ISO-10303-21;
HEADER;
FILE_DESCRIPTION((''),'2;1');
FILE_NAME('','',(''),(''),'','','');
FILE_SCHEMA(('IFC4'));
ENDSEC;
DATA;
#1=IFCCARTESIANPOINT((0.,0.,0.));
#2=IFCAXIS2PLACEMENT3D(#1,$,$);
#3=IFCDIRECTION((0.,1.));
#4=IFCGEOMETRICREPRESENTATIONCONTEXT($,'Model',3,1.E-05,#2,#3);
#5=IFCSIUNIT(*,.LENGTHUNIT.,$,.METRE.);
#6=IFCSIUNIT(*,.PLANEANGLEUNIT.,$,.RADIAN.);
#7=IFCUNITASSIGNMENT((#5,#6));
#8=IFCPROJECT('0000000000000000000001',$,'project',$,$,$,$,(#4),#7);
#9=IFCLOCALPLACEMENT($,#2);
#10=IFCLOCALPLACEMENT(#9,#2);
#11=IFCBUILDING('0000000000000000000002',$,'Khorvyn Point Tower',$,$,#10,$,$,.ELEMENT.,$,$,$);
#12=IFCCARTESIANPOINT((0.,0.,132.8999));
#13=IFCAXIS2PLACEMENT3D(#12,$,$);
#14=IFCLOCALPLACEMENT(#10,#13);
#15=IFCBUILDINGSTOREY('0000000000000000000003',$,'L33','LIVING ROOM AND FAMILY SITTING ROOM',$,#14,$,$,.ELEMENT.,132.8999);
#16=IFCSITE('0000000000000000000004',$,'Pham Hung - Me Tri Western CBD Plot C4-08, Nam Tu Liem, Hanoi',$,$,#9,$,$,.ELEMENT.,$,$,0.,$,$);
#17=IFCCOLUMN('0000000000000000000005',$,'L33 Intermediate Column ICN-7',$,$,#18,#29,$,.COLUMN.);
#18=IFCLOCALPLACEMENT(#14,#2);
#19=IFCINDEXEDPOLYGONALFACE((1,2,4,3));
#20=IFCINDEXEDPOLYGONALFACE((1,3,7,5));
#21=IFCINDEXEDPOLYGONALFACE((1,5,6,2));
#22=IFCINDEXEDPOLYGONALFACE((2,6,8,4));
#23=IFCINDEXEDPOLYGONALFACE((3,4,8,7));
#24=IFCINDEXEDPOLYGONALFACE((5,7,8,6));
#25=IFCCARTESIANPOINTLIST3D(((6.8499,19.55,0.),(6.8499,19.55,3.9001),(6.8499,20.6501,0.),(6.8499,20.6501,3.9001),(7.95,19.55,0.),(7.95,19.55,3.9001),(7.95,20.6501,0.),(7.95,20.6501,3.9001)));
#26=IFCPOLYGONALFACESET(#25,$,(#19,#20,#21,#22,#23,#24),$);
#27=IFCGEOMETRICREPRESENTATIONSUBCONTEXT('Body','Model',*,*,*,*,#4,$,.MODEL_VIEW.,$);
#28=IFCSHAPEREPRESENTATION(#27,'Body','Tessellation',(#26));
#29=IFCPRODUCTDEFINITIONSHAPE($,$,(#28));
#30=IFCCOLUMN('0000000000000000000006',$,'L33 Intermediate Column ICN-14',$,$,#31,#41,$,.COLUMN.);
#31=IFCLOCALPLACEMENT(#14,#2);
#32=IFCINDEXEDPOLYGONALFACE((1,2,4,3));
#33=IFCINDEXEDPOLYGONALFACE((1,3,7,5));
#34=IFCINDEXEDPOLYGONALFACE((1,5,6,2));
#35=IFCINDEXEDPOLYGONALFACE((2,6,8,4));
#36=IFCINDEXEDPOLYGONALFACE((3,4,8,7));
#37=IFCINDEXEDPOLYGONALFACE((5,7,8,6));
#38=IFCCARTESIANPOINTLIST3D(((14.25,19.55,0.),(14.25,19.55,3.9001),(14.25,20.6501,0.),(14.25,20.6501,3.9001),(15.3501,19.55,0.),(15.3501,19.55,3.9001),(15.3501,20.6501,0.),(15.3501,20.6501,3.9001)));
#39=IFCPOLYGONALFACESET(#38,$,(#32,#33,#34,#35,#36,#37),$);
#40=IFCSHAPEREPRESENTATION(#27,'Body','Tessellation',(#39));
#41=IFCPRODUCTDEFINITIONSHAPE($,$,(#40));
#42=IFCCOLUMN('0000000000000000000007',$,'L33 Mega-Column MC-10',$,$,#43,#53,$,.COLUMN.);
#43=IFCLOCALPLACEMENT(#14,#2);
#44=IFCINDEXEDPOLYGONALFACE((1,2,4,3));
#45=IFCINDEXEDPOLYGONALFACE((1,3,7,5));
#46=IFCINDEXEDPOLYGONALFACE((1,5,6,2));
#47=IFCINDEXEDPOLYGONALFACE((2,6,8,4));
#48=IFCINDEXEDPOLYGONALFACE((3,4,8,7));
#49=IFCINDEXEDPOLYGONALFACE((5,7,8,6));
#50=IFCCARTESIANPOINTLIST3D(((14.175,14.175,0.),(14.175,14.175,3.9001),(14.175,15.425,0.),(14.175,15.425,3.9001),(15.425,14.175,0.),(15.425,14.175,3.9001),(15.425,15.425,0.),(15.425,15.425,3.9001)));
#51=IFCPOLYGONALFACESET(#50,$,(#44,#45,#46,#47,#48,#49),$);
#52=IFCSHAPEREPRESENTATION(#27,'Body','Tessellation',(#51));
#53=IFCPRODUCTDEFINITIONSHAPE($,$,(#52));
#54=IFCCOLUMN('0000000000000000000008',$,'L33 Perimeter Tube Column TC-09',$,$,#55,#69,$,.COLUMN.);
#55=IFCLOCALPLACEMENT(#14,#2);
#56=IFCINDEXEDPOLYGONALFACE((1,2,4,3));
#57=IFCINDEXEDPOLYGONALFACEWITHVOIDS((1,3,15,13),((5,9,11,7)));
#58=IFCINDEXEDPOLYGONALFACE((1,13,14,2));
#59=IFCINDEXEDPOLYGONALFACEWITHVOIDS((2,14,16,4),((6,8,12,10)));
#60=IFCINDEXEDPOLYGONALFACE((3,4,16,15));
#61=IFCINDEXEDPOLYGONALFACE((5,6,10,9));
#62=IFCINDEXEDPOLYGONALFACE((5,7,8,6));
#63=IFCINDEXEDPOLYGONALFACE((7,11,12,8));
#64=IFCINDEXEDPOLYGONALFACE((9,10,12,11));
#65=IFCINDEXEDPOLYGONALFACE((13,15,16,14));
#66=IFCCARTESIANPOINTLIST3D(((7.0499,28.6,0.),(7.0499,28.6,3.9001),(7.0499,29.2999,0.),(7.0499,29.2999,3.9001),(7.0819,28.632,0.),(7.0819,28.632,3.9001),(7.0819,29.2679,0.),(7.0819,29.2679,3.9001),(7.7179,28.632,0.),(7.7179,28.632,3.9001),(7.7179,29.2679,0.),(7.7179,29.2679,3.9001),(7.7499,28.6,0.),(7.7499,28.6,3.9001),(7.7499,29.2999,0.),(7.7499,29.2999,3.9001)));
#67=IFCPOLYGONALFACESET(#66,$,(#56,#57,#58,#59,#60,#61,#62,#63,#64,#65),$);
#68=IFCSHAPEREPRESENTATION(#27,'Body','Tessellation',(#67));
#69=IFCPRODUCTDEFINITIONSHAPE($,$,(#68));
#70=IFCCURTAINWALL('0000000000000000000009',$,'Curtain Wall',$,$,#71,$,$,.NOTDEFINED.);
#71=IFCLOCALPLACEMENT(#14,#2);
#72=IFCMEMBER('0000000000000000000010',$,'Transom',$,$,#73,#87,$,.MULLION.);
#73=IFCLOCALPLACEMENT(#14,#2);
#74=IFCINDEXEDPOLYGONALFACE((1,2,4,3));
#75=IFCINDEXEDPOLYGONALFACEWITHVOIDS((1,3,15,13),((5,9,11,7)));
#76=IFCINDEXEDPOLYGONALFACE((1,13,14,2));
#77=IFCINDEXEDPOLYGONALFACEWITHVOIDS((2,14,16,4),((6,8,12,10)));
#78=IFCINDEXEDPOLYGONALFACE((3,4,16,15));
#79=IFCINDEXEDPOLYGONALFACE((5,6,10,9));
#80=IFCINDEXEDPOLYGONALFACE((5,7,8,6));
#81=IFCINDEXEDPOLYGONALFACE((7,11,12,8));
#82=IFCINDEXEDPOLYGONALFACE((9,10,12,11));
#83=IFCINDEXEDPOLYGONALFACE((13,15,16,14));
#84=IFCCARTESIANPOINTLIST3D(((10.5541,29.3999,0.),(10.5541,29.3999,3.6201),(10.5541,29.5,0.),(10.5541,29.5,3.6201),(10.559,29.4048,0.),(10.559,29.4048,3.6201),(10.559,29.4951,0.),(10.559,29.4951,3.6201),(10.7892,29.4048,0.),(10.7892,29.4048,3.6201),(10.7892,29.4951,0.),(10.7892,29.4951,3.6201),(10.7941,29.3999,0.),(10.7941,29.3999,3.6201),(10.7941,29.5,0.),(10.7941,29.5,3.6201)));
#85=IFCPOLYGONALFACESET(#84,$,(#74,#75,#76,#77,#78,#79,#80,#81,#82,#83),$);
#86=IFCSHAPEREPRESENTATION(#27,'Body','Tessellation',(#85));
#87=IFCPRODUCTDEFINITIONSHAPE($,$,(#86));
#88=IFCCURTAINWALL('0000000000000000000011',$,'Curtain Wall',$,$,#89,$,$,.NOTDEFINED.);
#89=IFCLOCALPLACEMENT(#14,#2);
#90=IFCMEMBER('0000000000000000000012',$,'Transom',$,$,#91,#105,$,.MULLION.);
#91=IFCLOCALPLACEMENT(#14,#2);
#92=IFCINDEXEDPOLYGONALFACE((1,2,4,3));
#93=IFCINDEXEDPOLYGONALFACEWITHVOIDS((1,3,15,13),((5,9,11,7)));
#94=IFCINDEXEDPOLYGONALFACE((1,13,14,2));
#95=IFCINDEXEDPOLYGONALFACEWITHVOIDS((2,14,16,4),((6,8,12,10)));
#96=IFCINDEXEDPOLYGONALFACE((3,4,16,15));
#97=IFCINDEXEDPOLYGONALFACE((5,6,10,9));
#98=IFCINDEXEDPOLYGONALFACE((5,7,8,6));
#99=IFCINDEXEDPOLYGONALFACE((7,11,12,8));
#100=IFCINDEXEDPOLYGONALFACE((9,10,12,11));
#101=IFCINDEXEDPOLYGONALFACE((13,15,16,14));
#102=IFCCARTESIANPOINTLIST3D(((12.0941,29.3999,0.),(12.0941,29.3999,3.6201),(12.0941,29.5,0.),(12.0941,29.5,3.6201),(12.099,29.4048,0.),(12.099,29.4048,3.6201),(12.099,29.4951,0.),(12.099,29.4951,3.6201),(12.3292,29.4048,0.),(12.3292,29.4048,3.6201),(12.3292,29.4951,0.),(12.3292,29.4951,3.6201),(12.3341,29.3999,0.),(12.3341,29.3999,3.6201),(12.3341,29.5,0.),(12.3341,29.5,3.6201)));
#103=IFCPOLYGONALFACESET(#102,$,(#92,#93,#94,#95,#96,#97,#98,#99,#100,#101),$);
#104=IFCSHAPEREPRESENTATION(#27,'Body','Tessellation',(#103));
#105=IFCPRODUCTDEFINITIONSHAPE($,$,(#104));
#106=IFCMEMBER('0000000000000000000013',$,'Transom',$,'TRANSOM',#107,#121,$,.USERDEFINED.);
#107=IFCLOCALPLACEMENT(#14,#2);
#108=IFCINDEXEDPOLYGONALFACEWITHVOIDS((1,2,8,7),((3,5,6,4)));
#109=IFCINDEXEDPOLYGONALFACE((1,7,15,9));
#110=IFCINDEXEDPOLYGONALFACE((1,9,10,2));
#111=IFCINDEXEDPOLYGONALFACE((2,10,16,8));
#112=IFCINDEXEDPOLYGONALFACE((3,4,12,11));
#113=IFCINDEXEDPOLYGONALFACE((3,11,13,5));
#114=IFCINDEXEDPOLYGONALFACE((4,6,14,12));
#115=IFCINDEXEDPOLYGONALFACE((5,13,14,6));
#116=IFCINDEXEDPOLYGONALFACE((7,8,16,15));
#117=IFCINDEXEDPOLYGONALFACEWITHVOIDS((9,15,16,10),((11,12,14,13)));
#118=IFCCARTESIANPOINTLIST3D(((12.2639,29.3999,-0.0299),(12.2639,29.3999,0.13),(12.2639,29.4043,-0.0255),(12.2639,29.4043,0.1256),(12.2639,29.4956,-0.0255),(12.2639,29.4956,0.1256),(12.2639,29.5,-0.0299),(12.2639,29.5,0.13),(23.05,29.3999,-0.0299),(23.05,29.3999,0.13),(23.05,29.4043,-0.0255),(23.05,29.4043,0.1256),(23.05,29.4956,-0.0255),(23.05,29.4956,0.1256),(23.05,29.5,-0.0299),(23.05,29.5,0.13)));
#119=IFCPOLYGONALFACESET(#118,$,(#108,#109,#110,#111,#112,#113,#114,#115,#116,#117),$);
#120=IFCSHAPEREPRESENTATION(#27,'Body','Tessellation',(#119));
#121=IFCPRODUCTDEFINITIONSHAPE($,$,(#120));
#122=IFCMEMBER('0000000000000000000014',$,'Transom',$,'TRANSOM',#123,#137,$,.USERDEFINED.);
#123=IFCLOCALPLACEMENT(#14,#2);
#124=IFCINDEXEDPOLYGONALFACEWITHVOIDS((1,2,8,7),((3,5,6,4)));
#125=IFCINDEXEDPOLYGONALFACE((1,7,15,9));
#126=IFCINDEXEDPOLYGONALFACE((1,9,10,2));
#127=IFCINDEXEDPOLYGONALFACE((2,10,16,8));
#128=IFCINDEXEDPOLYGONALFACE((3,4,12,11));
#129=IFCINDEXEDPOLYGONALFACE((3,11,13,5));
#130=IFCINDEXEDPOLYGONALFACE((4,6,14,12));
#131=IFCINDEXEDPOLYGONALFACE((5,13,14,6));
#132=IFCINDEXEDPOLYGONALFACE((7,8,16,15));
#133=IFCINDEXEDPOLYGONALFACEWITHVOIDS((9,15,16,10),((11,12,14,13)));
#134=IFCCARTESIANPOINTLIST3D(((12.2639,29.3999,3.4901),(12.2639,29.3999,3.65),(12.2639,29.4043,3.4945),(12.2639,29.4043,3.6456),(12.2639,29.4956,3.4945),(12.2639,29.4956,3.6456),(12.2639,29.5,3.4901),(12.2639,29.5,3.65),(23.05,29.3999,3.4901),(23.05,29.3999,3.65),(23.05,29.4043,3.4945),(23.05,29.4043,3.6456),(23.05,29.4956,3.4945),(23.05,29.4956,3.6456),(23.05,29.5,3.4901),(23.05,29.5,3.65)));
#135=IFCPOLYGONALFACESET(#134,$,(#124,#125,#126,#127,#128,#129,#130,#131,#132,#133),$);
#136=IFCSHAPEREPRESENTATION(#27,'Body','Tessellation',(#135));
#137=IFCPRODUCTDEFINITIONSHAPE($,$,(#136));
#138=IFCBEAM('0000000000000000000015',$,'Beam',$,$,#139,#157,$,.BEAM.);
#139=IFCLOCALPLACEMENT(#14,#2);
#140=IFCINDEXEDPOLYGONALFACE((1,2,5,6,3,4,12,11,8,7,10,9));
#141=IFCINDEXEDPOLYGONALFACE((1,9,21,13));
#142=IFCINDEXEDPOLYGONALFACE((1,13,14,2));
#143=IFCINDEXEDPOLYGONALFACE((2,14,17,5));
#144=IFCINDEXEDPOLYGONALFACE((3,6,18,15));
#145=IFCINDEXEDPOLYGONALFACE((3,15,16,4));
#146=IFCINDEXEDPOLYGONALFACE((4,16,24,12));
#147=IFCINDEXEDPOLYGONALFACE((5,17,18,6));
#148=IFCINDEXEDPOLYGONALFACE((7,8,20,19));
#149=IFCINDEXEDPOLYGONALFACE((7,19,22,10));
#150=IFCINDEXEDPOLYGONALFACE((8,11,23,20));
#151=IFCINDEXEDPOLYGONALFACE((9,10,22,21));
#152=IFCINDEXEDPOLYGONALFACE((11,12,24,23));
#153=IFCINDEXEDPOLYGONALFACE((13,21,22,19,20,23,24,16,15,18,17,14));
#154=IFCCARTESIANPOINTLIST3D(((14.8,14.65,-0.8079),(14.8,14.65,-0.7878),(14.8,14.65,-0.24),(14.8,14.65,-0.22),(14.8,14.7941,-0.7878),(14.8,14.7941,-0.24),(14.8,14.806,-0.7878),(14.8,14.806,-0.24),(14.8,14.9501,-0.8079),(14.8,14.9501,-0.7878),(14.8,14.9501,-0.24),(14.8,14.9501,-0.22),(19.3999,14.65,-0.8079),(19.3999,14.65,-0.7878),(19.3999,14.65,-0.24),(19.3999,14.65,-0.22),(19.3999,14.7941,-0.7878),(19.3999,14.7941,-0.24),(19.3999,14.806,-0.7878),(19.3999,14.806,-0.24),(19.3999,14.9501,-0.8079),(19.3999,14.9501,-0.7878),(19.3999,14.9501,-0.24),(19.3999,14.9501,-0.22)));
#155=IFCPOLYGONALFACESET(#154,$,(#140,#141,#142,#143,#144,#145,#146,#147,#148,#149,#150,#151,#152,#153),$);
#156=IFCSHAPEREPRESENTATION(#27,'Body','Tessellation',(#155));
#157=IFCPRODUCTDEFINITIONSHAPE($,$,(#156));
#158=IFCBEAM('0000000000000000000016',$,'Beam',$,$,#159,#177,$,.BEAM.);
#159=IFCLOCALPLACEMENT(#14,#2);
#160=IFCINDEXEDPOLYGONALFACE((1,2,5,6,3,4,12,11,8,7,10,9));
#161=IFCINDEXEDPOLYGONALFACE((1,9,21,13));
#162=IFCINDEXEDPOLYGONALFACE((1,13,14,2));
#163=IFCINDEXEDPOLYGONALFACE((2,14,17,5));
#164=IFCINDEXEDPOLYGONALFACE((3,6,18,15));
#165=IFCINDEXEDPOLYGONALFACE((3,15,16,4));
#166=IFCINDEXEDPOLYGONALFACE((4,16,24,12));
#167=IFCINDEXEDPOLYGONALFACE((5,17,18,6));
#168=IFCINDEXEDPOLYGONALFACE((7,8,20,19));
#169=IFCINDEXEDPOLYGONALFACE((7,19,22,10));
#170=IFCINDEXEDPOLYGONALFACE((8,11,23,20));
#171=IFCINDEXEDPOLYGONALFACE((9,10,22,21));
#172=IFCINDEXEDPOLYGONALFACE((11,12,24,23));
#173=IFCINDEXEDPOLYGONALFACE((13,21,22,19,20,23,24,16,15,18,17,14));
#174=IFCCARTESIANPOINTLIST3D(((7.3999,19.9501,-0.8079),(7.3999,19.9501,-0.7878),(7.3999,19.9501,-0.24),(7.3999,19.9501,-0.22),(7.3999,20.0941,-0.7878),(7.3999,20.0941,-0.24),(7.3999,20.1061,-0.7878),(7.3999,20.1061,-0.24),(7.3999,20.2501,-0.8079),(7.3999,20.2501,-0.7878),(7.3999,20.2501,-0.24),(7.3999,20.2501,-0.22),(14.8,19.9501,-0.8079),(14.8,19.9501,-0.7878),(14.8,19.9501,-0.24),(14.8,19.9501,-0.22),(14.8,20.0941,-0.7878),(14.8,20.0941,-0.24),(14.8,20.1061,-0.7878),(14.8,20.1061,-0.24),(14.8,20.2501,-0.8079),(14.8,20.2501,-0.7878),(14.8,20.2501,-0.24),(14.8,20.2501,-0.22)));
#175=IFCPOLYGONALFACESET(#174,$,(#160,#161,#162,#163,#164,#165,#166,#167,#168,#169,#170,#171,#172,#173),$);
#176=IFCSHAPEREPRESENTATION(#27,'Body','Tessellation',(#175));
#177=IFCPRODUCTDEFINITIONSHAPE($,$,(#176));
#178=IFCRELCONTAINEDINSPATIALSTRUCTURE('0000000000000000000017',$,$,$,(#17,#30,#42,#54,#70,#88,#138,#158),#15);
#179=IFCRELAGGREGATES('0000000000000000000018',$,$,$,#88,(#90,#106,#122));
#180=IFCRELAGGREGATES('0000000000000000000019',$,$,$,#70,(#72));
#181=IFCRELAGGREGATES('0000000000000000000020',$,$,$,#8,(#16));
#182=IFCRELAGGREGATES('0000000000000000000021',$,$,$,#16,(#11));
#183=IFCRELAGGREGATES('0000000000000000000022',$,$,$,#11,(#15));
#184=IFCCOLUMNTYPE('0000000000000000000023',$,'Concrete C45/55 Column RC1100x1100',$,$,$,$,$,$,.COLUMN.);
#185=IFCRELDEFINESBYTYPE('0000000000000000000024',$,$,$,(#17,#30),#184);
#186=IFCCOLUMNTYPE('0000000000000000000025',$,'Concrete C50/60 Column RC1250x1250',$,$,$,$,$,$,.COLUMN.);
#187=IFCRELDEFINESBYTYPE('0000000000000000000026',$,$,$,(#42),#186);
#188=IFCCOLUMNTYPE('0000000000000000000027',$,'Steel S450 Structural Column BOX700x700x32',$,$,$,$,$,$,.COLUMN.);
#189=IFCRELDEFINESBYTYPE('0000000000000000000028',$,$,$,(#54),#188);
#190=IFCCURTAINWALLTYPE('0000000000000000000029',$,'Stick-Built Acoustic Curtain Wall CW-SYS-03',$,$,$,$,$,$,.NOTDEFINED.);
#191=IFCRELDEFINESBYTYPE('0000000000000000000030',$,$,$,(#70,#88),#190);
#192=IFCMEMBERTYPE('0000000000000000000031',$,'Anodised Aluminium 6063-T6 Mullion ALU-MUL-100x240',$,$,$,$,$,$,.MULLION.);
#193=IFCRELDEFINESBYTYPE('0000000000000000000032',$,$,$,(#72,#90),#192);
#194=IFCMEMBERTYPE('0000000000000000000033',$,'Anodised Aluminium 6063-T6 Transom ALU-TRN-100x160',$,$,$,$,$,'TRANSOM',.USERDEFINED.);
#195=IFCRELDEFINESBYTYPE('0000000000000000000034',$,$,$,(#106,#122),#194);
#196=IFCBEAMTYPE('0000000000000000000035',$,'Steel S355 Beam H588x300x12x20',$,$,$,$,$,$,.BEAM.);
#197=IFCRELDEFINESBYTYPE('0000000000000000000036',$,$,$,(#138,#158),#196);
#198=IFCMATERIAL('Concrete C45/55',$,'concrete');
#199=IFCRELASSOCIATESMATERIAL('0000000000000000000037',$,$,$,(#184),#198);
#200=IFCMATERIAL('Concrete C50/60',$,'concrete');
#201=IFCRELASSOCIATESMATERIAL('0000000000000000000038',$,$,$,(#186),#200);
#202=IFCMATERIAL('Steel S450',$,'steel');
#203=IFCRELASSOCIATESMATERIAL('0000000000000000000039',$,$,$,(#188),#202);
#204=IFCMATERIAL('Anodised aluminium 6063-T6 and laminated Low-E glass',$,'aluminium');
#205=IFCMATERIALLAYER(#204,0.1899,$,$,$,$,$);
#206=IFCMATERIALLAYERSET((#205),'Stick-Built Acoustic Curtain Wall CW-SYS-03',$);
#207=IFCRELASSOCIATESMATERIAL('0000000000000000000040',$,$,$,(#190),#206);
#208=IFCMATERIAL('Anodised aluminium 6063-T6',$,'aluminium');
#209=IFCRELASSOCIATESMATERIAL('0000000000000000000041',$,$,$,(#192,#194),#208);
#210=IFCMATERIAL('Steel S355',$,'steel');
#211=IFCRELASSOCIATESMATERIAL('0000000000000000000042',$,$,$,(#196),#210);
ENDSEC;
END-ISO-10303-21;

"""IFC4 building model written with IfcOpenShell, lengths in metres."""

from ifc_helpers import new_model, si_unit, direction, frame, origin, origin_2d, place, context, subcontext, project, spatial, rectangle, hollow_rectangle, i_section, extrude, material, layer, layer_set, material_profile, profile_set, type_object, element, aggregate, save


model = new_model("IFC4")

# Units and contexts
model_context = context("Model", 3, precision=1e-05, world=origin(), true_north=direction((0.0, 1.0)))
body_context = subcontext(model_context, "Body", "Model", "MODEL_VIEW")
ifc_project = project(units=[si_unit("LENGTHUNIT", "METRE"), si_unit("PLANEANGLEUNIT", "RADIAN")], contexts=[model_context])

# Site, building, storey
site_placement = place(None, origin())
site = spatial("IfcSite", under=ifc_project, at=site_placement, Name="Pham Hung - Me Tri Western CBD Plot C4-08, Nam Tu Liem, Hanoi", CompositionType="ELEMENT", RefElevation=0.0)
building_placement = place(site_placement, origin())
building = spatial("IfcBuilding", under=site, at=building_placement, Name="Khorvyn Point Tower", CompositionType="ELEMENT")
storey_placement = place(building_placement, frame((0.0, 0.0, 132.8999)))
storey = spatial("IfcBuildingStorey", under=building, at=storey_placement, Name="L33", Description="LIVING ROOM AND FAMILY SITTING ROOM", CompositionType="ELEMENT", Elevation=132.8999)

# Columns
ifc_material_1 = material(Name="Concrete C45/55", Category="concrete")
ifc_material_profile_1 = material_profile(ifc_material_1, rectangle(XDim=1.1001, YDim=1.1001, at=origin_2d()))
ifc_profile_set_1 = profile_set([ifc_material_profile_1], Name="Concrete C45/55 RC1100x1100")
column_type_1 = type_object("IfcColumnType", Name="Concrete C45/55 Column RC1100x1100", PredefinedType="COLUMN", material=ifc_profile_set_1)
for number, where, z_axis, x_axis, name in (
    (1, (7.3999, 20.1001, 0.0), (0.0, 0.0, 1.0), (1.0, 0.0, 0.0), "L33 Intermediate Column ICN-7"),
    (2, (14.8, 20.1001, 0.0), (0.0, 0.0, 1.0), (1.0, 0.0, 0.0), "L33 Intermediate Column ICN-14"),
):
    element("IfcColumn", number, at=place(storey_placement, frame(where, z_axis=z_axis, x_axis=x_axis)), inside=storey, type_object=column_type_1, Name=name, PredefinedType="COLUMN", context=body_context, shape_type="SweptSolid", body=[
        extrude(rectangle(XDim=1.1001, YDim=1.1001, at=origin_2d()), origin(), (0.0, 0.0, 1.0), 3.9001),
    ])
ifc_material_2 = material(Name="Concrete C50/60", Category="concrete")
ifc_material_profile_2 = material_profile(ifc_material_2, rectangle(XDim=1.25, YDim=1.25, at=origin_2d()))
ifc_profile_set_2 = profile_set([ifc_material_profile_2], Name="Concrete C50/60 RC1250x1250")
column_type_2 = type_object("IfcColumnType", Name="Concrete C50/60 Column RC1250x1250", PredefinedType="COLUMN", material=ifc_profile_set_2)
column_1_placement = place(storey_placement, frame((14.8, 14.8, 0.0), z_axis=(0.0, 0.0, 1.0), x_axis=(1.0, 0.0, 0.0)))
element("IfcColumn", 3, at=column_1_placement, inside=storey, type_object=column_type_2, Name="L33 Mega-Column MC-10", PredefinedType="COLUMN", context=body_context, shape_type="SweptSolid", body=[
    extrude(rectangle(XDim=1.25, YDim=1.25, at=origin_2d()), origin(), (0.0, 0.0, 1.0), 3.9001),
])
ifc_material_3 = material(Name="Steel S450", Category="steel")
ifc_material_profile_3 = material_profile(ifc_material_3, hollow_rectangle(XDim=0.7, YDim=0.7, WallThickness=0.032, at=origin_2d()))
ifc_profile_set_3 = profile_set([ifc_material_profile_3], Name="Steel S450 BOX700x700x32")
column_type_3 = type_object("IfcColumnType", Name="Steel S450 Structural Column BOX700x700x32", PredefinedType="COLUMN", material=ifc_profile_set_3)
column_2_placement = place(storey_placement, frame((7.3999, 28.95, 0.0), z_axis=(0.0, 0.0, 1.0), x_axis=(1.0, 0.0, 0.0)))
element("IfcColumn", 4, at=column_2_placement, inside=storey, type_object=column_type_3, Name="L33 Perimeter Tube Column TC-09", PredefinedType="COLUMN", context=body_context, shape_type="SweptSolid", body=[
    extrude(hollow_rectangle(XDim=0.7, YDim=0.7, WallThickness=0.032, at=origin_2d()), origin(), (0.0, 0.0, 1.0), 3.9001),
])

# Curtain wall, member
ifc_material_4 = material(Name="Anodised aluminium 6063-T6 and laminated Low-E glass", Category="aluminium")
ifc_layer_1 = layer(ifc_material_4, 0.1899)
ifc_layer_set_1 = layer_set([ifc_layer_1], Name="Stick-Built Acoustic Curtain Wall CW-SYS-03")
curtain_wall_type = type_object("IfcCurtainWallType", Name="Stick-Built Acoustic Curtain Wall CW-SYS-03", PredefinedType="NOTDEFINED", material=ifc_layer_set_1)
curtain_wall_1_placement = place(storey_placement, origin())
curtain_wall_1 = element("IfcCurtainWall", 5, at=curtain_wall_1_placement, inside=storey, type_object=curtain_wall_type, Name="Curtain Wall", PredefinedType="NOTDEFINED")
ifc_material_5 = material(Name="Anodised aluminium 6063-T6", Category="aluminium")
ifc_material_profile_4 = material_profile(ifc_material_5, hollow_rectangle(XDim=0.1001, YDim=0.24, WallThickness=0.0049, at=origin_2d()))
ifc_profile_set_4 = profile_set([ifc_material_profile_4], Name="Anodised aluminium 6063-T6 ALU-MUL-100x240")
member_type_1 = type_object("IfcMemberType", Name="Anodised Aluminium 6063-T6 Mullion ALU-MUL-100x240", PredefinedType="MULLION", material=ifc_profile_set_4)
member_1_placement = place(storey_placement, frame((10.6741, 29.45, 0.0), z_axis=(0.0, 0.0, 1.0), x_axis=(0.0, 1.0, 0.0)))
member_1 = element("IfcMember", 6, at=member_1_placement, type_object=member_type_1, Name="Transom", PredefinedType="MULLION", context=body_context, shape_type="SweptSolid", body=[
    extrude(hollow_rectangle(XDim=0.1001, YDim=0.24, WallThickness=0.0049, at=origin_2d()), origin(), (0.0, 0.0, 1.0), 3.6201),
])

# Curtain wall, members
curtain_wall_2_placement = place(storey_placement, origin())
curtain_wall_2 = element("IfcCurtainWall", 7, at=curtain_wall_2_placement, inside=storey, type_object=curtain_wall_type, Name="Curtain Wall", PredefinedType="NOTDEFINED")
member_2_placement = place(storey_placement, frame((12.2141, 29.45, 0.0), z_axis=(0.0, 0.0, 1.0), x_axis=(0.0, 1.0, 0.0)))
member_2 = element("IfcMember", 8, at=member_2_placement, type_object=member_type_1, Name="Transom", PredefinedType="MULLION", context=body_context, shape_type="SweptSolid", body=[
    extrude(hollow_rectangle(XDim=0.1001, YDim=0.24, WallThickness=0.0049, at=origin_2d()), origin(), (0.0, 0.0, 1.0), 3.6201),
])
ifc_material_profile_5 = material_profile(ifc_material_5, hollow_rectangle(XDim=0.1001, YDim=0.1599, WallThickness=0.0044, at=origin_2d()))
ifc_profile_set_5 = profile_set([ifc_material_profile_5], Name="Anodised aluminium 6063-T6 ALU-TRN-100x160")
member_type_2 = type_object("IfcMemberType", Name="Anodised Aluminium 6063-T6 Transom ALU-TRN-100x160", ElementType="TRANSOM", PredefinedType="USERDEFINED", material=ifc_profile_set_5)
member_3_placement = place(storey_placement, frame((12.2639, 29.45, 0.05), z_axis=(1.0, 0.0, 0.0), x_axis=(0.0, 1.0, 0.0)))
member_3 = element("IfcMember", 9, at=member_3_placement, type_object=member_type_2, Name="Transom", ObjectType="TRANSOM", PredefinedType="USERDEFINED", context=body_context, shape_type="SweptSolid", body=[
    extrude(hollow_rectangle(XDim=0.1001, YDim=0.1599, WallThickness=0.0044, at=origin_2d()), origin(), (0.0, 0.0, 1.0), 10.7861),
])
member_4_placement = place(storey_placement, frame((12.2639, 29.45, 3.5701), z_axis=(1.0, 0.0, 0.0), x_axis=(0.0, 1.0, 0.0)))
member_4 = element("IfcMember", 10, at=member_4_placement, type_object=member_type_2, Name="Transom", ObjectType="TRANSOM", PredefinedType="USERDEFINED", context=body_context, shape_type="SweptSolid", body=[
    extrude(hollow_rectangle(XDim=0.1001, YDim=0.1599, WallThickness=0.0044, at=origin_2d()), origin(), (0.0, 0.0, 1.0), 10.7861),
])
aggregate(curtain_wall_2, [member_2, member_3, member_4])

# Beams
ifc_material_6 = material(Name="Steel S355", Category="steel")
ifc_material_profile_6 = material_profile(ifc_material_6, i_section(OverallWidth=0.3, OverallDepth=0.5879, WebThickness=0.012, FlangeThickness=0.02, at=origin_2d()))
ifc_profile_set_6 = profile_set([ifc_material_profile_6], Name="Steel S355 H588x300x12x20")
beam_type_1 = type_object("IfcBeamType", Name="Steel S355 Beam H588x300x12x20", PredefinedType="BEAM", material=ifc_profile_set_6)
beam_1_placement = place(storey_placement, frame((14.8, 14.8, -0.5139), z_axis=(1.0, 0.0, 0.0), x_axis=(0.0, 1.0, 0.0)))
element("IfcBeam", 11, at=beam_1_placement, inside=storey, type_object=beam_type_1, Name="Beam", PredefinedType="BEAM", context=body_context, shape_type="SweptSolid", body=[
    extrude(i_section(OverallWidth=0.3, OverallDepth=0.5879, WebThickness=0.012, FlangeThickness=0.02, at=origin_2d()), origin(), (0.0, 0.0, 1.0), 4.5999),
])
beam_2_placement = place(storey_placement, frame((7.3999, 20.1001, -0.5139), z_axis=(1.0, 0.0, 0.0), x_axis=(0.0, 1.0, 0.0)))
element("IfcBeam", 12, at=beam_2_placement, inside=storey, type_object=beam_type_1, Name="Beam", PredefinedType="BEAM", context=body_context, shape_type="SweptSolid", body=[
    extrude(i_section(OverallWidth=0.3, OverallDepth=0.5879, WebThickness=0.012, FlangeThickness=0.02, at=origin_2d()), origin(), (0.0, 0.0, 1.0), 7.4001),
])

aggregate(curtain_wall_1, [member_1])

save(model, "model.ifc")
